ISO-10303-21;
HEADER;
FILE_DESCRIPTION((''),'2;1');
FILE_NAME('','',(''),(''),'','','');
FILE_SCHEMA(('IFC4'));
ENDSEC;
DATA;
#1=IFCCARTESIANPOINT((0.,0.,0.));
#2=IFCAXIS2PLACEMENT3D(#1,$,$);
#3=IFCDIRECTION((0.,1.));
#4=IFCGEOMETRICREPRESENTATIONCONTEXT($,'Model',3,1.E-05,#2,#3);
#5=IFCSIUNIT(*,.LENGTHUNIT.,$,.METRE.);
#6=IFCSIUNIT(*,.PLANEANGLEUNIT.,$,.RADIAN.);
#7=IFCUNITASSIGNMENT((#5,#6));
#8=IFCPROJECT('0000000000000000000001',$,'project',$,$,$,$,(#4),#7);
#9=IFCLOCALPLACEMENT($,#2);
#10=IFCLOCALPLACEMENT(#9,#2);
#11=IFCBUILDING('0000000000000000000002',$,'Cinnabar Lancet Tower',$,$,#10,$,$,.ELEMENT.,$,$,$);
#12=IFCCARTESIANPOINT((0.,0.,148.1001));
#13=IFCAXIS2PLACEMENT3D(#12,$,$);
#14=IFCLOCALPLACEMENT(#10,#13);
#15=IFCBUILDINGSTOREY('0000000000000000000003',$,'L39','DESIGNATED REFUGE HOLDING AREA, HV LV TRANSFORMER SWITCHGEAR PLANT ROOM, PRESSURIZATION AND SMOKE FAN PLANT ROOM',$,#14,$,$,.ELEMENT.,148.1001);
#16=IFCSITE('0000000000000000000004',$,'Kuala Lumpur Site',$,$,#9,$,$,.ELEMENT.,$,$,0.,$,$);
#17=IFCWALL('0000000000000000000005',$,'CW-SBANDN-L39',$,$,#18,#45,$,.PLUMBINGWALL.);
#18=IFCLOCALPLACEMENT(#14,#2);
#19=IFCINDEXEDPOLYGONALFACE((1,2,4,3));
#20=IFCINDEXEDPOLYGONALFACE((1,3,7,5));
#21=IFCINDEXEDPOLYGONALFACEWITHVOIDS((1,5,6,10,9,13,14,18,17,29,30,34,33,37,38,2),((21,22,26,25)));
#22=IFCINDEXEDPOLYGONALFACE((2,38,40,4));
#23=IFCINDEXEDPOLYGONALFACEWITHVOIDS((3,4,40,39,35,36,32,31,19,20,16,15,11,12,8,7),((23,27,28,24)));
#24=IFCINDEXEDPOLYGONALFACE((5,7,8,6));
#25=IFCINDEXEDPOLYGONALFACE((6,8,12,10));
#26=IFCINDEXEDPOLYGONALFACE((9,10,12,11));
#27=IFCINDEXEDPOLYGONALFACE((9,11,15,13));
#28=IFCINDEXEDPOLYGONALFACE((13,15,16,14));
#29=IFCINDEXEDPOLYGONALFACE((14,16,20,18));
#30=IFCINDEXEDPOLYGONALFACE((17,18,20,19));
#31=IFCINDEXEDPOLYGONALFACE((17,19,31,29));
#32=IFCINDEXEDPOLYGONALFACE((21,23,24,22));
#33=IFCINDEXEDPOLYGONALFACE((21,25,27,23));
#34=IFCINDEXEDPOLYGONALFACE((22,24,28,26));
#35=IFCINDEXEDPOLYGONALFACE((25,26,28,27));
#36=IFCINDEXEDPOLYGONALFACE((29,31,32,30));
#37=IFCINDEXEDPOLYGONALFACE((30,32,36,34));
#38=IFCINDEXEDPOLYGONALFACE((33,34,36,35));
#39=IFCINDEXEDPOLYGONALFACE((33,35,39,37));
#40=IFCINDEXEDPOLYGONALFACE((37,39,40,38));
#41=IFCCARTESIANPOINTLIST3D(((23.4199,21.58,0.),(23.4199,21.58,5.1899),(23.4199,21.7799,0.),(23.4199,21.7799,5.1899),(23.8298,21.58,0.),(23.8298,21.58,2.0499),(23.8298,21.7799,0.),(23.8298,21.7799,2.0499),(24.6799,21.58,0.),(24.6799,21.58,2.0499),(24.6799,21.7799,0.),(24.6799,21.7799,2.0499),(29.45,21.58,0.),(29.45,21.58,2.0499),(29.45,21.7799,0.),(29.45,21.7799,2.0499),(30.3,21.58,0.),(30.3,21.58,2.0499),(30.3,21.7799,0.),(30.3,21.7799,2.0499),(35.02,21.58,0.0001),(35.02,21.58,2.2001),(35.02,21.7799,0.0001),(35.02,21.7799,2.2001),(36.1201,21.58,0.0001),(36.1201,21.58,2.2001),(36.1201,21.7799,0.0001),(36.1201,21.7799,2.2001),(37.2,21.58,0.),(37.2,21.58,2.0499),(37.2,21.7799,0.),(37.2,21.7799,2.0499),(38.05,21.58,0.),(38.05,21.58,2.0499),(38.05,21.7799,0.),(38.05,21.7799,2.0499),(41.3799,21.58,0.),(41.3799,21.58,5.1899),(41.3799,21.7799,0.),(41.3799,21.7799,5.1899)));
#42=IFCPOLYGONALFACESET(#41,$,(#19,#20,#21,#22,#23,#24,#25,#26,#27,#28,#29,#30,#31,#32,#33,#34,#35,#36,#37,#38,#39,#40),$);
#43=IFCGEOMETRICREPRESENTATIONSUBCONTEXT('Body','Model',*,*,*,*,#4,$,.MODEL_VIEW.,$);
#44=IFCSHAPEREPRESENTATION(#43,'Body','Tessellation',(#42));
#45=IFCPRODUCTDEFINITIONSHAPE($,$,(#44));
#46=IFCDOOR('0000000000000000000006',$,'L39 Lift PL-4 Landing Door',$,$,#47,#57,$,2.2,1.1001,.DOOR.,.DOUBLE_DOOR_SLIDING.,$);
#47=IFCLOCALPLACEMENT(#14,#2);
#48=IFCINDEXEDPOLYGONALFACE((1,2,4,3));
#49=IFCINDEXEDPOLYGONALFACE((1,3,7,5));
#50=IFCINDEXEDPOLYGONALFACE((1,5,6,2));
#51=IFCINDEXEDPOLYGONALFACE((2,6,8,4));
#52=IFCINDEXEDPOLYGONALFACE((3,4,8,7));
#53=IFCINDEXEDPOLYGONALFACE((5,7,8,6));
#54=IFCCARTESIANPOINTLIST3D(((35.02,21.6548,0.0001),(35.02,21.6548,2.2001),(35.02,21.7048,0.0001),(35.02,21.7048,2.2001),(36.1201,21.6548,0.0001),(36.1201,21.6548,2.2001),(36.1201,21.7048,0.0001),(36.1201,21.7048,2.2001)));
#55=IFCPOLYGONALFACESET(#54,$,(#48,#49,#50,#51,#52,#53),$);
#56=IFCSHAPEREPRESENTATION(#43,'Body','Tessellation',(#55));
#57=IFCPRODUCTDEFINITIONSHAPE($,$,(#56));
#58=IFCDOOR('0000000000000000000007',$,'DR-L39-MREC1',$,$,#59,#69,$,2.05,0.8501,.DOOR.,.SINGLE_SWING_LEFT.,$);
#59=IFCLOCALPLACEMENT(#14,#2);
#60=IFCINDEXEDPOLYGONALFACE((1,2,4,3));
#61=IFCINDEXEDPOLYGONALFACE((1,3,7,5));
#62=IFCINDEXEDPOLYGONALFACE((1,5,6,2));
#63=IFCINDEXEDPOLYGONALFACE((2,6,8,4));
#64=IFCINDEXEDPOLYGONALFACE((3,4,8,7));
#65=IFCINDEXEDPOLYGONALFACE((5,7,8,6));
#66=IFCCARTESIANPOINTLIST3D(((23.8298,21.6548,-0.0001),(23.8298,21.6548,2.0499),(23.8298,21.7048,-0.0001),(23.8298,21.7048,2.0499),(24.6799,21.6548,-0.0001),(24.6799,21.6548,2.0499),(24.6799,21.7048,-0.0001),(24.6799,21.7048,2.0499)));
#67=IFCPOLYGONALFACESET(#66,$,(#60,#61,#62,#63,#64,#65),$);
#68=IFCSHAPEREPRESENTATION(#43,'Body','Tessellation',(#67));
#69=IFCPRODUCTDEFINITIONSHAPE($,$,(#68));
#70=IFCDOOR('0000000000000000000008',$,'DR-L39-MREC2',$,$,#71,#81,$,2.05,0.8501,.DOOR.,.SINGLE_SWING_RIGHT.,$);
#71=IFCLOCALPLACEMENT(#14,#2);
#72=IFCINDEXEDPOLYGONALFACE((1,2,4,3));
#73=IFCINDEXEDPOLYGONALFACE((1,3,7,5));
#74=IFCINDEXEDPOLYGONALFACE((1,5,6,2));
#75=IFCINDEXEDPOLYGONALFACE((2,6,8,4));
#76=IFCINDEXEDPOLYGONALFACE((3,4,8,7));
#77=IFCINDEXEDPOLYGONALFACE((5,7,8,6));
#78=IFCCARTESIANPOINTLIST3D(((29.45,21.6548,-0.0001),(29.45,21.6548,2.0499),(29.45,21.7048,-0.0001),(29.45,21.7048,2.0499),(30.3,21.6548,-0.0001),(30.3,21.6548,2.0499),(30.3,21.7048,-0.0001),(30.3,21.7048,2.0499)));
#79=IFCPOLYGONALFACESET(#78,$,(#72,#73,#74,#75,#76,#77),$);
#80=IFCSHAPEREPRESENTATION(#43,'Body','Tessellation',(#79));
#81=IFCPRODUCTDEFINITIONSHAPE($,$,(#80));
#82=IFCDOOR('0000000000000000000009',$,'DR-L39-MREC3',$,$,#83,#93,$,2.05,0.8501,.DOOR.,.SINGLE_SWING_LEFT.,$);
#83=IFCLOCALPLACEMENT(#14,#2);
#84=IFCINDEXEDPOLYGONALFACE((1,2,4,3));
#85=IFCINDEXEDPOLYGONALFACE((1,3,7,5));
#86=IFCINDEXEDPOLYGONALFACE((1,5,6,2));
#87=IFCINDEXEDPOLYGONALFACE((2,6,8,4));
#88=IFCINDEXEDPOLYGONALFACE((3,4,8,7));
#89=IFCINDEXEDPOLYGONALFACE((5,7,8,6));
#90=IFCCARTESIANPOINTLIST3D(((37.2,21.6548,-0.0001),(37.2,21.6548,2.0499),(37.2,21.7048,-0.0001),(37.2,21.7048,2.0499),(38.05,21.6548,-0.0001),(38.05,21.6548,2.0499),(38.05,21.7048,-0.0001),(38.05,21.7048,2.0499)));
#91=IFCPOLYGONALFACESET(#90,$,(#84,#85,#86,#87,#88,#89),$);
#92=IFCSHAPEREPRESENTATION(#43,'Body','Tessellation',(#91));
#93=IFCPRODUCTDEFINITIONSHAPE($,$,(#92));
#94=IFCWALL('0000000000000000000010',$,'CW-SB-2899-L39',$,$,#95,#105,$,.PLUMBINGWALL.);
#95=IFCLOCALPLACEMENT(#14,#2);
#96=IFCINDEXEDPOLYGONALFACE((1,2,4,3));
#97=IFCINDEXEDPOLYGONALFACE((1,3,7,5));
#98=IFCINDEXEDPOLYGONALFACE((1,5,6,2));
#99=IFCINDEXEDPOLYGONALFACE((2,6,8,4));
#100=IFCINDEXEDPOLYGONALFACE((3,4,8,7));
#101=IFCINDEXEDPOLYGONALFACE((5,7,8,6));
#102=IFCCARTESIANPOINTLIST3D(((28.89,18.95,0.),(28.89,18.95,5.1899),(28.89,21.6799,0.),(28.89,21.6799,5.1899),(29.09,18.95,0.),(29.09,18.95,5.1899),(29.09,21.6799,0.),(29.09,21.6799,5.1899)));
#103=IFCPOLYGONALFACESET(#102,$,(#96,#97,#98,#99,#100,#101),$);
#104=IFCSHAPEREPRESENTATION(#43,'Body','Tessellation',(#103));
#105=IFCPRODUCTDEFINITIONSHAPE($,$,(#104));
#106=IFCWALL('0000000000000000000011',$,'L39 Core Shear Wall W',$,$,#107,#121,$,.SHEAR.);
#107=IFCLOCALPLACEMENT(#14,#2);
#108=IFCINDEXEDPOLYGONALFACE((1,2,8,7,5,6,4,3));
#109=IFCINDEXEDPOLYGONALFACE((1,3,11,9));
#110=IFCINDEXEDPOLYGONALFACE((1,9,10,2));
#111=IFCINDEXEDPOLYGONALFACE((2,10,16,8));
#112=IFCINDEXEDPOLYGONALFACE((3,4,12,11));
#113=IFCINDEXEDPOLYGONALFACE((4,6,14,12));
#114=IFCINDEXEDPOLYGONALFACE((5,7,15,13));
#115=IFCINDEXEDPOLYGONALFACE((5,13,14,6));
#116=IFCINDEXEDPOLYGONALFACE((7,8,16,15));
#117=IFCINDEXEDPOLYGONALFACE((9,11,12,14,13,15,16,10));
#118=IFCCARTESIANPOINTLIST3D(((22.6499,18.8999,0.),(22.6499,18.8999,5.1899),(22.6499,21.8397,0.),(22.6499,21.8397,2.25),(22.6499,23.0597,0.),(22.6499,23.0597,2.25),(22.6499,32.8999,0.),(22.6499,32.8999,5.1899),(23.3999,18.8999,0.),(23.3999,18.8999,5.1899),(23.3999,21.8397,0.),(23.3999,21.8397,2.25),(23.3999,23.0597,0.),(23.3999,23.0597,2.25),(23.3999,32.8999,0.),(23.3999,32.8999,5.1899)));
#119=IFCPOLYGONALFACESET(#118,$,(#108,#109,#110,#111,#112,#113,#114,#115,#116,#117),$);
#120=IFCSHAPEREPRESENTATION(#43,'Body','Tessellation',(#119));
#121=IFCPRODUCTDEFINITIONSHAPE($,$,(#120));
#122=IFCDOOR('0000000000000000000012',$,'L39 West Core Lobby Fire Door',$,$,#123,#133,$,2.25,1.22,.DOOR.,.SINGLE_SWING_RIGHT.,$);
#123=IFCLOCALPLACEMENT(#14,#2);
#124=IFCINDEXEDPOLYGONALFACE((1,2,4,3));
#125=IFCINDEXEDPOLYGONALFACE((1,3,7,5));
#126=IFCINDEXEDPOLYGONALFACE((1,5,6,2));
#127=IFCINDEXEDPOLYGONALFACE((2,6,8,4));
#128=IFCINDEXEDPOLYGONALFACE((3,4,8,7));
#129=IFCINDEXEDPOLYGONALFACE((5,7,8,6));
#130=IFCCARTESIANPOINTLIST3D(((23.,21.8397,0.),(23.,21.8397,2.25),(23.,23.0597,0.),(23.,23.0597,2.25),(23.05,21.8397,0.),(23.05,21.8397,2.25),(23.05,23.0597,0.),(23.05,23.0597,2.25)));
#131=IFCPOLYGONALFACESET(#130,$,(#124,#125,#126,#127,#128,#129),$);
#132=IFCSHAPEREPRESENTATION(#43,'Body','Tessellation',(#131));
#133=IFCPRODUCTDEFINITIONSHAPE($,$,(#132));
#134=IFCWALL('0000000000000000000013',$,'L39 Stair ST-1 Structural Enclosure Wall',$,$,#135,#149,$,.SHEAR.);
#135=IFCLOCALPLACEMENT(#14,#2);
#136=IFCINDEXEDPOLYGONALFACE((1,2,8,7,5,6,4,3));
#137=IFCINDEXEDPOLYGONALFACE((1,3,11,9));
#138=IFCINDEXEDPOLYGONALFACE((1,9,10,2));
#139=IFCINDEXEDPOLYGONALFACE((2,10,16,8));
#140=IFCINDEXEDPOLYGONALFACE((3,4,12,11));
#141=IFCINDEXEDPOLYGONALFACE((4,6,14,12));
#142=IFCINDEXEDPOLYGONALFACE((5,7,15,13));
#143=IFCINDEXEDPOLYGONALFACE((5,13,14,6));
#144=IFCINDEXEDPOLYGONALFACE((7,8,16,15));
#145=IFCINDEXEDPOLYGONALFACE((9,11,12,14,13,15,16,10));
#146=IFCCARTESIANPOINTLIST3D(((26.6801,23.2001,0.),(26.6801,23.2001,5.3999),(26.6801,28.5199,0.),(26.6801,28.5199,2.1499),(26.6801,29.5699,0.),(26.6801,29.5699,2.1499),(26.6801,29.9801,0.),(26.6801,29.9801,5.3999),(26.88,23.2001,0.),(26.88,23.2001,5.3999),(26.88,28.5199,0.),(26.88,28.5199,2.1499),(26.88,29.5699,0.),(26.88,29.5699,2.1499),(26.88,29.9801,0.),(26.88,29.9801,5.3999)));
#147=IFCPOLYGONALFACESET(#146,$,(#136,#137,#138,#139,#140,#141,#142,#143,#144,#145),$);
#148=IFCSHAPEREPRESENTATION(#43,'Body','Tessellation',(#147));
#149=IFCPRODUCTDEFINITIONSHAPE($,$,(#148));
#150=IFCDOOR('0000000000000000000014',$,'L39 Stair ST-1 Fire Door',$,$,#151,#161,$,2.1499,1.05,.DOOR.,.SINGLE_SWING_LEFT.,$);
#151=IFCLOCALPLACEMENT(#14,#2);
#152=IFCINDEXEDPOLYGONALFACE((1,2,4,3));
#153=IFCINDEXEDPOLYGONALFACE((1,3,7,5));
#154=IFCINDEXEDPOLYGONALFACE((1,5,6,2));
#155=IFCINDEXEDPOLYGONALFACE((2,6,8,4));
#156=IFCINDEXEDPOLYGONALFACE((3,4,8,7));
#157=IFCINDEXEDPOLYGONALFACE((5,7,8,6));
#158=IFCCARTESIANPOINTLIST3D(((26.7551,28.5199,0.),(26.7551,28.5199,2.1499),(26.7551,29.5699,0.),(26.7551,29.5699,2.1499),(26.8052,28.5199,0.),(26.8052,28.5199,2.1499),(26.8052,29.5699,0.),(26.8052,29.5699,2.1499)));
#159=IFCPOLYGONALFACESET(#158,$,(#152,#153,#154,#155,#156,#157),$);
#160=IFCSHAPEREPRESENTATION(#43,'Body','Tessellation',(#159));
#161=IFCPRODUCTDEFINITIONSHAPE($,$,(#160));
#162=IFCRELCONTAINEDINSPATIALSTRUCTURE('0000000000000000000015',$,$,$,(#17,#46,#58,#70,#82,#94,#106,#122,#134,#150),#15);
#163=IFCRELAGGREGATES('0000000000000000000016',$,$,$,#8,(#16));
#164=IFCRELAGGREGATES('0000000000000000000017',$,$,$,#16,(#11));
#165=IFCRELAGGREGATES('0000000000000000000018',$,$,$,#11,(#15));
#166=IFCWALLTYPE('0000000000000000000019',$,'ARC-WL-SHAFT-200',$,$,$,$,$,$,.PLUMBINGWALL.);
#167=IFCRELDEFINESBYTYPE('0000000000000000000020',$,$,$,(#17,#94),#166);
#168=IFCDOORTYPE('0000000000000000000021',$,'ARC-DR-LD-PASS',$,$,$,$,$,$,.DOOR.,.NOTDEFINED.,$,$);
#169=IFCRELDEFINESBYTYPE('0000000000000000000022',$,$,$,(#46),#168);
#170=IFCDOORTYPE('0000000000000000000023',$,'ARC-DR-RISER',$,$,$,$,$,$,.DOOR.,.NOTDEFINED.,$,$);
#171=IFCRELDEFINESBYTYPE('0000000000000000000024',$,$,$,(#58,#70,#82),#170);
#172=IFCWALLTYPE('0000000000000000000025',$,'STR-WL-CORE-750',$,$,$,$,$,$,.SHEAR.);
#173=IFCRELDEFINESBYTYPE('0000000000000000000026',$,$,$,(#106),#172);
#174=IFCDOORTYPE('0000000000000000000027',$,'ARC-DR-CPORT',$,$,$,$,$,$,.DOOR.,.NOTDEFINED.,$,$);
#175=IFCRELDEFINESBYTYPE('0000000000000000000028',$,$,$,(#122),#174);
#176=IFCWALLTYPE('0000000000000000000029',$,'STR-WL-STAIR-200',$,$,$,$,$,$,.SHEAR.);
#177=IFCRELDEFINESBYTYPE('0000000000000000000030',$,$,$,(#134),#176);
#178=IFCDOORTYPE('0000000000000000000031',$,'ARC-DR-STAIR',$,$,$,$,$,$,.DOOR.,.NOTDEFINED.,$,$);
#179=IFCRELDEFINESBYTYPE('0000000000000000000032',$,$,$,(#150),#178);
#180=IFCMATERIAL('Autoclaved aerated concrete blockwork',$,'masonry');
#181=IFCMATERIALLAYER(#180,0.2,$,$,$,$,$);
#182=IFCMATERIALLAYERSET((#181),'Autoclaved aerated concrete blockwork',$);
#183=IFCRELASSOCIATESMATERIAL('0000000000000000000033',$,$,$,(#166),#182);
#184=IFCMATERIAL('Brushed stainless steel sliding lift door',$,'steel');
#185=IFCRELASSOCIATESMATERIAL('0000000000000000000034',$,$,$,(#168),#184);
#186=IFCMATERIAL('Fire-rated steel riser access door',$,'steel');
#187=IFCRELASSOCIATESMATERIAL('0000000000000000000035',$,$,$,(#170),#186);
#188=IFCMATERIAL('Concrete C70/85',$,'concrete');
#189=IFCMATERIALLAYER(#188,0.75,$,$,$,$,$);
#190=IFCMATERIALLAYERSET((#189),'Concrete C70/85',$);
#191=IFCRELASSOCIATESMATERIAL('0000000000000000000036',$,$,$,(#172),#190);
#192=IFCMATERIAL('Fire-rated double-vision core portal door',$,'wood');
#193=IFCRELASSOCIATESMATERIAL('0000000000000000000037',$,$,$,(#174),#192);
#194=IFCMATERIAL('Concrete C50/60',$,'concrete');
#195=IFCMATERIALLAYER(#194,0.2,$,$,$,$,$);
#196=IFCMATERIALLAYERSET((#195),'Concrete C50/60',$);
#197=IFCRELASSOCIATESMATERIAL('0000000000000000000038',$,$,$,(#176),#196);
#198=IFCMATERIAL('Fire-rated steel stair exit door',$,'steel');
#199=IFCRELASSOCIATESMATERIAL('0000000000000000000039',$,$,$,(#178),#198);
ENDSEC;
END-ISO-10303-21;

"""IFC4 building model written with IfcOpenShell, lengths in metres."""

from ifc_helpers import new_model, si_unit, direction, frame, frame_2d, origin, place, context, subcontext, project, spatial, rectangle, extrude, material, layer, layer_set, type_object, element, fill, save


model = new_model("IFC4")

# Units and contexts
model_context = context("Model", 3, precision=1e-05, world=origin(), true_north=direction((0.0, 1.0)))
body_context = subcontext(model_context, "Body", "Model", "MODEL_VIEW")
ifc_project = project(units=[si_unit("LENGTHUNIT", "METRE"), si_unit("PLANEANGLEUNIT", "RADIAN")], contexts=[model_context])

# Site, building, storey
site_placement = place(None, origin())
site = spatial("IfcSite", under=ifc_project, at=site_placement, Name="Kuala Lumpur Site", CompositionType="ELEMENT", RefElevation=0.0)
building_placement = place(site_placement, origin())
building = spatial("IfcBuilding", under=site, at=building_placement, Name="Cinnabar Lancet Tower", CompositionType="ELEMENT")
storey_placement = place(building_placement, frame((0.0, 0.0, 148.1001)))
storey = spatial("IfcBuildingStorey", under=building, at=storey_placement, Name="L39", Description="DESIGNATED REFUGE HOLDING AREA, HV LV TRANSFORMER SWITCHGEAR PLANT ROOM, PRESSURIZATION AND SMOKE FAN PLANT ROOM", CompositionType="ELEMENT", Elevation=148.1001)

# Shared definitions
ifc_material_1 = material(Name="Autoclaved aerated concrete blockwork", Category="masonry")
ifc_layer_1 = layer(ifc_material_1, 0.2)
ifc_layer_set_1 = layer_set([ifc_layer_1], Name="Autoclaved aerated concrete blockwork")
wall_type_1 = type_object("IfcWallType", Name="ARC-WL-SHAFT-200", PredefinedType="PLUMBINGWALL", material=ifc_layer_set_1)

# Shared definitions
ifc_material_2 = material(Name="Brushed stainless steel sliding lift door", Category="steel")
door_type_1 = type_object("IfcDoorType", Name="ARC-DR-LD-PASS", OperationType="NOTDEFINED", PredefinedType="DOOR", material=ifc_material_2)

# Wall, openings, doors
wall_1_placement = place(storey_placement, frame((23.4199, 21.6799, 0.0), z_axis=(0.0, 0.0, 1.0), x_axis=(1.0, 0.0, 0.0)))
wall_1 = element("IfcWall", 1, at=wall_1_placement, inside=storey, type_object=wall_type_1, Name="CW-SBANDN-L39", PredefinedType="PLUMBINGWALL", context=body_context, shape_type="SweptSolid", body=[
    extrude(rectangle(XDim=17.96, YDim=0.2, at=frame_2d((8.98, 0.0))), origin(), (0.0, 0.0, 1.0), 5.1899),
])
opening_1_placement = place(wall_1_placement, frame((11.6001, 0.0, 0.0)))
opening_1 = element("IfcOpeningElement", 2, at=opening_1_placement, cuts=wall_1, PredefinedType="OPENING", context=body_context, shape_type="SweptSolid", body=[
    extrude(rectangle(XDim=1.1001, YDim=2.2, at=frame_2d((0.55, 1.1001))), frame((0.0, 0.1099, 0.0), z_axis=(0.0, -1.0, 0.0), x_axis=(1.0, 0.0, 0.0)), (0.0, 0.0, 1.0), 0.22),
])
opening_2_placement = place(wall_1_placement, frame((0.4099, 0.0, 0.0)))
opening_2 = element("IfcOpeningElement", 3, at=opening_2_placement, cuts=wall_1, PredefinedType="OPENING", context=body_context, shape_type="SweptSolid", body=[
    extrude(rectangle(XDim=0.8501, YDim=2.05, at=frame_2d((0.425, 1.0249))), frame((0.0, 0.1099, 0.0), z_axis=(0.0, -1.0, 0.0), x_axis=(1.0, 0.0, 0.0)), (0.0, 0.0, 1.0), 0.22),
])
opening_3_placement = place(wall_1_placement, frame((6.03, 0.0, 0.0)))
opening_3 = element("IfcOpeningElement", 4, at=opening_3_placement, cuts=wall_1, PredefinedType="OPENING", context=body_context, shape_type="SweptSolid", body=[
    extrude(rectangle(XDim=0.8501, YDim=2.05, at=frame_2d((0.425, 1.0249))), frame((0.0, 0.1099, 0.0), z_axis=(0.0, -1.0, 0.0), x_axis=(1.0, 0.0, 0.0)), (0.0, 0.0, 1.0), 0.22),
])
opening_4_placement = place(wall_1_placement, frame((13.78, 0.0, 0.0)))
opening_4 = element("IfcOpeningElement", 5, at=opening_4_placement, cuts=wall_1, PredefinedType="OPENING", context=body_context, shape_type="SweptSolid", body=[
    extrude(rectangle(XDim=0.8501, YDim=2.05, at=frame_2d((0.425, 1.0249))), frame((0.0, 0.1099, 0.0), z_axis=(0.0, -1.0, 0.0), x_axis=(1.0, 0.0, 0.0)), (0.0, 0.0, 1.0), 0.22),
])
door_1_placement = place(opening_1_placement, origin())
door_1 = element("IfcDoor", 6, at=door_1_placement, inside=storey, type_object=door_type_1, Name="L39 Lift PL-4 Landing Door", OperationType="DOUBLE_DOOR_SLIDING", OverallHeight=2.2, OverallWidth=1.1001, PredefinedType="DOOR", context=body_context, shape_type="SweptSolid", body=[
    extrude(rectangle(XDim=1.1001, YDim=2.2, at=frame_2d((0.55, 1.1001))), frame((0.0, 0.0249, 0.0), z_axis=(0.0, -1.0, 0.0), x_axis=(1.0, 0.0, 0.0)), (0.0, 0.0, 1.0), 0.05),
])
fill(opening_1, door_1)
ifc_material_3 = material(Name="Fire-rated steel riser access door", Category="steel")
door_type_2 = type_object("IfcDoorType", Name="ARC-DR-RISER", OperationType="NOTDEFINED", PredefinedType="DOOR", material=ifc_material_3)
door_2_placement = place(opening_2_placement, origin())
door_2 = element("IfcDoor", 7, at=door_2_placement, inside=storey, type_object=door_type_2, Name="DR-L39-MREC1", OperationType="SINGLE_SWING_LEFT", OverallHeight=2.05, OverallWidth=0.8501, PredefinedType="DOOR", context=body_context, shape_type="SweptSolid", body=[
    extrude(rectangle(XDim=0.8501, YDim=2.05, at=frame_2d((0.425, 1.0249))), frame((0.0, 0.0249, 0.0), z_axis=(0.0, -1.0, 0.0), x_axis=(1.0, 0.0, 0.0)), (0.0, 0.0, 1.0), 0.05),
])
fill(opening_2, door_2)
door_3_placement = place(opening_3_placement, origin())
door_3 = element("IfcDoor", 8, at=door_3_placement, inside=storey, type_object=door_type_2, Name="DR-L39-MREC2", OperationType="SINGLE_SWING_RIGHT", OverallHeight=2.05, OverallWidth=0.8501, PredefinedType="DOOR", context=body_context, shape_type="SweptSolid", body=[
    extrude(rectangle(XDim=0.8501, YDim=2.05, at=frame_2d((0.425, 1.0249))), frame((0.0, 0.0249, 0.0), z_axis=(0.0, -1.0, 0.0), x_axis=(1.0, 0.0, 0.0)), (0.0, 0.0, 1.0), 0.05),
])
fill(opening_3, door_3)
door_4_placement = place(opening_4_placement, origin())
door_4 = element("IfcDoor", 9, at=door_4_placement, inside=storey, type_object=door_type_2, Name="DR-L39-MREC3", OperationType="SINGLE_SWING_LEFT", OverallHeight=2.05, OverallWidth=0.8501, PredefinedType="DOOR", context=body_context, shape_type="SweptSolid", body=[
    extrude(rectangle(XDim=0.8501, YDim=2.05, at=frame_2d((0.425, 1.0249))), frame((0.0, 0.0249, 0.0), z_axis=(0.0, -1.0, 0.0), x_axis=(1.0, 0.0, 0.0)), (0.0, 0.0, 1.0), 0.05),
])
fill(opening_4, door_4)

# Wall
wall_2_placement = place(storey_placement, frame((28.99, 18.95, 0.0), z_axis=(0.0, 0.0, 1.0), x_axis=(0.0, 1.0, 0.0)))
element("IfcWall", 10, at=wall_2_placement, inside=storey, type_object=wall_type_1, Name="CW-SB-2899-L39", PredefinedType="PLUMBINGWALL", context=body_context, shape_type="SweptSolid", body=[
    extrude(rectangle(XDim=2.73, YDim=0.2, at=frame_2d((1.365, 0.0))), origin(), (0.0, 0.0, 1.0), 5.1899),
])

# Walls, openings, doors
ifc_material_4 = material(Name="Concrete C70/85", Category="concrete")
ifc_layer_2 = layer(ifc_material_4, 0.75)
ifc_layer_set_2 = layer_set([ifc_layer_2], Name="Concrete C70/85")
wall_type_2 = type_object("IfcWallType", Name="STR-WL-CORE-750", PredefinedType="SHEAR", material=ifc_layer_set_2)
wall_3_placement = place(storey_placement, frame((23.0249, 18.8999, 0.0), z_axis=(0.0, 0.0, 1.0), x_axis=(0.0, 1.0, 0.0)))
wall_3 = element("IfcWall", 11, at=wall_3_placement, inside=storey, type_object=wall_type_2, Name="L39 Core Shear Wall W", PredefinedType="SHEAR", context=body_context, shape_type="SweptSolid", body=[
    extrude(rectangle(XDim=14.0, YDim=0.75, at=frame_2d((7.0, 0.0))), origin(), (0.0, 0.0, 1.0), 5.1899),
])
opening_5_placement = place(wall_3_placement, frame((2.9399, 0.0, 0.0)))
opening_5 = element("IfcOpeningElement", 12, at=opening_5_placement, cuts=wall_3, PredefinedType="OPENING", context=body_context, shape_type="SweptSolid", body=[
    extrude(rectangle(XDim=1.22, YDim=2.25, at=frame_2d((0.6099, 1.125))), frame((0.0, 0.385, 0.0), z_axis=(0.0, -1.0, 0.0), x_axis=(1.0, 0.0, 0.0)), (0.0, 0.0, 1.0), 0.77),
])
ifc_material_5 = material(Name="Fire-rated double-vision core portal door", Category="wood")
door_type_3 = type_object("IfcDoorType", Name="ARC-DR-CPORT", OperationType="NOTDEFINED", PredefinedType="DOOR", material=ifc_material_5)
door_5_placement = place(opening_5_placement, origin())
door_5 = element("IfcDoor", 13, at=door_5_placement, inside=storey, type_object=door_type_3, Name="L39 West Core Lobby Fire Door", OperationType="SINGLE_SWING_RIGHT", OverallHeight=2.25, OverallWidth=1.22, PredefinedType="DOOR", context=body_context, shape_type="SweptSolid", body=[
    extrude(rectangle(XDim=1.22, YDim=2.25, at=frame_2d((0.6099, 1.125))), frame((0.0, 0.0249, 0.0), z_axis=(0.0, -1.0, 0.0), x_axis=(1.0, 0.0, 0.0)), (0.0, 0.0, 1.0), 0.05),
])
fill(opening_5, door_5)
ifc_material_6 = material(Name="Concrete C50/60", Category="concrete")
ifc_layer_3 = layer(ifc_material_6, 0.2)
ifc_layer_set_3 = layer_set([ifc_layer_3], Name="Concrete C50/60")
wall_type_3 = type_object("IfcWallType", Name="STR-WL-STAIR-200", PredefinedType="SHEAR", material=ifc_layer_set_3)
wall_4_placement = place(storey_placement, frame((26.78, 23.2, 0.0), z_axis=(0.0, 0.0, 1.0), x_axis=(0.0, 1.0, 0.0)))
wall_4 = element("IfcWall", 14, at=wall_4_placement, inside=storey, type_object=wall_type_3, Name="L39 Stair ST-1 Structural Enclosure Wall", PredefinedType="SHEAR", context=body_context, shape_type="SweptSolid", body=[
    extrude(rectangle(XDim=6.78, YDim=0.2, at=frame_2d((3.3901, 0.0))), origin(), (0.0, 0.0, 1.0), 5.3999),
])
opening_6_placement = place(wall_4_placement, frame((5.3201, 0.0, 0.0)))
opening_6 = element("IfcOpeningElement", 15, at=opening_6_placement, cuts=wall_4, PredefinedType="OPENING", context=body_context, shape_type="SweptSolid", body=[
    extrude(rectangle(XDim=1.05, YDim=2.1499, at=frame_2d((0.5249, 1.075))), frame((0.0, 0.1099, 0.0), z_axis=(0.0, -1.0, 0.0), x_axis=(1.0, 0.0, 0.0)), (0.0, 0.0, 1.0), 0.22),
])
ifc_material_7 = material(Name="Fire-rated steel stair exit door", Category="steel")
door_type_4 = type_object("IfcDoorType", Name="ARC-DR-STAIR", OperationType="NOTDEFINED", PredefinedType="DOOR", material=ifc_material_7)
door_6_placement = place(opening_6_placement, origin())
door_6 = element("IfcDoor", 16, at=door_6_placement, inside=storey, type_object=door_type_4, Name="L39 Stair ST-1 Fire Door", OperationType="SINGLE_SWING_LEFT", OverallHeight=2.1499, OverallWidth=1.05, PredefinedType="DOOR", context=body_context, shape_type="SweptSolid", body=[
    extrude(rectangle(XDim=1.05, YDim=2.1499, at=frame_2d((0.5249, 1.075))), frame((0.0, 0.0249, 0.0), z_axis=(0.0, -1.0, 0.0), x_axis=(1.0, 0.0, 0.0)), (0.0, 0.0, 1.0), 0.05),
])
fill(opening_6, door_6)

save(model, "model.ifc")
